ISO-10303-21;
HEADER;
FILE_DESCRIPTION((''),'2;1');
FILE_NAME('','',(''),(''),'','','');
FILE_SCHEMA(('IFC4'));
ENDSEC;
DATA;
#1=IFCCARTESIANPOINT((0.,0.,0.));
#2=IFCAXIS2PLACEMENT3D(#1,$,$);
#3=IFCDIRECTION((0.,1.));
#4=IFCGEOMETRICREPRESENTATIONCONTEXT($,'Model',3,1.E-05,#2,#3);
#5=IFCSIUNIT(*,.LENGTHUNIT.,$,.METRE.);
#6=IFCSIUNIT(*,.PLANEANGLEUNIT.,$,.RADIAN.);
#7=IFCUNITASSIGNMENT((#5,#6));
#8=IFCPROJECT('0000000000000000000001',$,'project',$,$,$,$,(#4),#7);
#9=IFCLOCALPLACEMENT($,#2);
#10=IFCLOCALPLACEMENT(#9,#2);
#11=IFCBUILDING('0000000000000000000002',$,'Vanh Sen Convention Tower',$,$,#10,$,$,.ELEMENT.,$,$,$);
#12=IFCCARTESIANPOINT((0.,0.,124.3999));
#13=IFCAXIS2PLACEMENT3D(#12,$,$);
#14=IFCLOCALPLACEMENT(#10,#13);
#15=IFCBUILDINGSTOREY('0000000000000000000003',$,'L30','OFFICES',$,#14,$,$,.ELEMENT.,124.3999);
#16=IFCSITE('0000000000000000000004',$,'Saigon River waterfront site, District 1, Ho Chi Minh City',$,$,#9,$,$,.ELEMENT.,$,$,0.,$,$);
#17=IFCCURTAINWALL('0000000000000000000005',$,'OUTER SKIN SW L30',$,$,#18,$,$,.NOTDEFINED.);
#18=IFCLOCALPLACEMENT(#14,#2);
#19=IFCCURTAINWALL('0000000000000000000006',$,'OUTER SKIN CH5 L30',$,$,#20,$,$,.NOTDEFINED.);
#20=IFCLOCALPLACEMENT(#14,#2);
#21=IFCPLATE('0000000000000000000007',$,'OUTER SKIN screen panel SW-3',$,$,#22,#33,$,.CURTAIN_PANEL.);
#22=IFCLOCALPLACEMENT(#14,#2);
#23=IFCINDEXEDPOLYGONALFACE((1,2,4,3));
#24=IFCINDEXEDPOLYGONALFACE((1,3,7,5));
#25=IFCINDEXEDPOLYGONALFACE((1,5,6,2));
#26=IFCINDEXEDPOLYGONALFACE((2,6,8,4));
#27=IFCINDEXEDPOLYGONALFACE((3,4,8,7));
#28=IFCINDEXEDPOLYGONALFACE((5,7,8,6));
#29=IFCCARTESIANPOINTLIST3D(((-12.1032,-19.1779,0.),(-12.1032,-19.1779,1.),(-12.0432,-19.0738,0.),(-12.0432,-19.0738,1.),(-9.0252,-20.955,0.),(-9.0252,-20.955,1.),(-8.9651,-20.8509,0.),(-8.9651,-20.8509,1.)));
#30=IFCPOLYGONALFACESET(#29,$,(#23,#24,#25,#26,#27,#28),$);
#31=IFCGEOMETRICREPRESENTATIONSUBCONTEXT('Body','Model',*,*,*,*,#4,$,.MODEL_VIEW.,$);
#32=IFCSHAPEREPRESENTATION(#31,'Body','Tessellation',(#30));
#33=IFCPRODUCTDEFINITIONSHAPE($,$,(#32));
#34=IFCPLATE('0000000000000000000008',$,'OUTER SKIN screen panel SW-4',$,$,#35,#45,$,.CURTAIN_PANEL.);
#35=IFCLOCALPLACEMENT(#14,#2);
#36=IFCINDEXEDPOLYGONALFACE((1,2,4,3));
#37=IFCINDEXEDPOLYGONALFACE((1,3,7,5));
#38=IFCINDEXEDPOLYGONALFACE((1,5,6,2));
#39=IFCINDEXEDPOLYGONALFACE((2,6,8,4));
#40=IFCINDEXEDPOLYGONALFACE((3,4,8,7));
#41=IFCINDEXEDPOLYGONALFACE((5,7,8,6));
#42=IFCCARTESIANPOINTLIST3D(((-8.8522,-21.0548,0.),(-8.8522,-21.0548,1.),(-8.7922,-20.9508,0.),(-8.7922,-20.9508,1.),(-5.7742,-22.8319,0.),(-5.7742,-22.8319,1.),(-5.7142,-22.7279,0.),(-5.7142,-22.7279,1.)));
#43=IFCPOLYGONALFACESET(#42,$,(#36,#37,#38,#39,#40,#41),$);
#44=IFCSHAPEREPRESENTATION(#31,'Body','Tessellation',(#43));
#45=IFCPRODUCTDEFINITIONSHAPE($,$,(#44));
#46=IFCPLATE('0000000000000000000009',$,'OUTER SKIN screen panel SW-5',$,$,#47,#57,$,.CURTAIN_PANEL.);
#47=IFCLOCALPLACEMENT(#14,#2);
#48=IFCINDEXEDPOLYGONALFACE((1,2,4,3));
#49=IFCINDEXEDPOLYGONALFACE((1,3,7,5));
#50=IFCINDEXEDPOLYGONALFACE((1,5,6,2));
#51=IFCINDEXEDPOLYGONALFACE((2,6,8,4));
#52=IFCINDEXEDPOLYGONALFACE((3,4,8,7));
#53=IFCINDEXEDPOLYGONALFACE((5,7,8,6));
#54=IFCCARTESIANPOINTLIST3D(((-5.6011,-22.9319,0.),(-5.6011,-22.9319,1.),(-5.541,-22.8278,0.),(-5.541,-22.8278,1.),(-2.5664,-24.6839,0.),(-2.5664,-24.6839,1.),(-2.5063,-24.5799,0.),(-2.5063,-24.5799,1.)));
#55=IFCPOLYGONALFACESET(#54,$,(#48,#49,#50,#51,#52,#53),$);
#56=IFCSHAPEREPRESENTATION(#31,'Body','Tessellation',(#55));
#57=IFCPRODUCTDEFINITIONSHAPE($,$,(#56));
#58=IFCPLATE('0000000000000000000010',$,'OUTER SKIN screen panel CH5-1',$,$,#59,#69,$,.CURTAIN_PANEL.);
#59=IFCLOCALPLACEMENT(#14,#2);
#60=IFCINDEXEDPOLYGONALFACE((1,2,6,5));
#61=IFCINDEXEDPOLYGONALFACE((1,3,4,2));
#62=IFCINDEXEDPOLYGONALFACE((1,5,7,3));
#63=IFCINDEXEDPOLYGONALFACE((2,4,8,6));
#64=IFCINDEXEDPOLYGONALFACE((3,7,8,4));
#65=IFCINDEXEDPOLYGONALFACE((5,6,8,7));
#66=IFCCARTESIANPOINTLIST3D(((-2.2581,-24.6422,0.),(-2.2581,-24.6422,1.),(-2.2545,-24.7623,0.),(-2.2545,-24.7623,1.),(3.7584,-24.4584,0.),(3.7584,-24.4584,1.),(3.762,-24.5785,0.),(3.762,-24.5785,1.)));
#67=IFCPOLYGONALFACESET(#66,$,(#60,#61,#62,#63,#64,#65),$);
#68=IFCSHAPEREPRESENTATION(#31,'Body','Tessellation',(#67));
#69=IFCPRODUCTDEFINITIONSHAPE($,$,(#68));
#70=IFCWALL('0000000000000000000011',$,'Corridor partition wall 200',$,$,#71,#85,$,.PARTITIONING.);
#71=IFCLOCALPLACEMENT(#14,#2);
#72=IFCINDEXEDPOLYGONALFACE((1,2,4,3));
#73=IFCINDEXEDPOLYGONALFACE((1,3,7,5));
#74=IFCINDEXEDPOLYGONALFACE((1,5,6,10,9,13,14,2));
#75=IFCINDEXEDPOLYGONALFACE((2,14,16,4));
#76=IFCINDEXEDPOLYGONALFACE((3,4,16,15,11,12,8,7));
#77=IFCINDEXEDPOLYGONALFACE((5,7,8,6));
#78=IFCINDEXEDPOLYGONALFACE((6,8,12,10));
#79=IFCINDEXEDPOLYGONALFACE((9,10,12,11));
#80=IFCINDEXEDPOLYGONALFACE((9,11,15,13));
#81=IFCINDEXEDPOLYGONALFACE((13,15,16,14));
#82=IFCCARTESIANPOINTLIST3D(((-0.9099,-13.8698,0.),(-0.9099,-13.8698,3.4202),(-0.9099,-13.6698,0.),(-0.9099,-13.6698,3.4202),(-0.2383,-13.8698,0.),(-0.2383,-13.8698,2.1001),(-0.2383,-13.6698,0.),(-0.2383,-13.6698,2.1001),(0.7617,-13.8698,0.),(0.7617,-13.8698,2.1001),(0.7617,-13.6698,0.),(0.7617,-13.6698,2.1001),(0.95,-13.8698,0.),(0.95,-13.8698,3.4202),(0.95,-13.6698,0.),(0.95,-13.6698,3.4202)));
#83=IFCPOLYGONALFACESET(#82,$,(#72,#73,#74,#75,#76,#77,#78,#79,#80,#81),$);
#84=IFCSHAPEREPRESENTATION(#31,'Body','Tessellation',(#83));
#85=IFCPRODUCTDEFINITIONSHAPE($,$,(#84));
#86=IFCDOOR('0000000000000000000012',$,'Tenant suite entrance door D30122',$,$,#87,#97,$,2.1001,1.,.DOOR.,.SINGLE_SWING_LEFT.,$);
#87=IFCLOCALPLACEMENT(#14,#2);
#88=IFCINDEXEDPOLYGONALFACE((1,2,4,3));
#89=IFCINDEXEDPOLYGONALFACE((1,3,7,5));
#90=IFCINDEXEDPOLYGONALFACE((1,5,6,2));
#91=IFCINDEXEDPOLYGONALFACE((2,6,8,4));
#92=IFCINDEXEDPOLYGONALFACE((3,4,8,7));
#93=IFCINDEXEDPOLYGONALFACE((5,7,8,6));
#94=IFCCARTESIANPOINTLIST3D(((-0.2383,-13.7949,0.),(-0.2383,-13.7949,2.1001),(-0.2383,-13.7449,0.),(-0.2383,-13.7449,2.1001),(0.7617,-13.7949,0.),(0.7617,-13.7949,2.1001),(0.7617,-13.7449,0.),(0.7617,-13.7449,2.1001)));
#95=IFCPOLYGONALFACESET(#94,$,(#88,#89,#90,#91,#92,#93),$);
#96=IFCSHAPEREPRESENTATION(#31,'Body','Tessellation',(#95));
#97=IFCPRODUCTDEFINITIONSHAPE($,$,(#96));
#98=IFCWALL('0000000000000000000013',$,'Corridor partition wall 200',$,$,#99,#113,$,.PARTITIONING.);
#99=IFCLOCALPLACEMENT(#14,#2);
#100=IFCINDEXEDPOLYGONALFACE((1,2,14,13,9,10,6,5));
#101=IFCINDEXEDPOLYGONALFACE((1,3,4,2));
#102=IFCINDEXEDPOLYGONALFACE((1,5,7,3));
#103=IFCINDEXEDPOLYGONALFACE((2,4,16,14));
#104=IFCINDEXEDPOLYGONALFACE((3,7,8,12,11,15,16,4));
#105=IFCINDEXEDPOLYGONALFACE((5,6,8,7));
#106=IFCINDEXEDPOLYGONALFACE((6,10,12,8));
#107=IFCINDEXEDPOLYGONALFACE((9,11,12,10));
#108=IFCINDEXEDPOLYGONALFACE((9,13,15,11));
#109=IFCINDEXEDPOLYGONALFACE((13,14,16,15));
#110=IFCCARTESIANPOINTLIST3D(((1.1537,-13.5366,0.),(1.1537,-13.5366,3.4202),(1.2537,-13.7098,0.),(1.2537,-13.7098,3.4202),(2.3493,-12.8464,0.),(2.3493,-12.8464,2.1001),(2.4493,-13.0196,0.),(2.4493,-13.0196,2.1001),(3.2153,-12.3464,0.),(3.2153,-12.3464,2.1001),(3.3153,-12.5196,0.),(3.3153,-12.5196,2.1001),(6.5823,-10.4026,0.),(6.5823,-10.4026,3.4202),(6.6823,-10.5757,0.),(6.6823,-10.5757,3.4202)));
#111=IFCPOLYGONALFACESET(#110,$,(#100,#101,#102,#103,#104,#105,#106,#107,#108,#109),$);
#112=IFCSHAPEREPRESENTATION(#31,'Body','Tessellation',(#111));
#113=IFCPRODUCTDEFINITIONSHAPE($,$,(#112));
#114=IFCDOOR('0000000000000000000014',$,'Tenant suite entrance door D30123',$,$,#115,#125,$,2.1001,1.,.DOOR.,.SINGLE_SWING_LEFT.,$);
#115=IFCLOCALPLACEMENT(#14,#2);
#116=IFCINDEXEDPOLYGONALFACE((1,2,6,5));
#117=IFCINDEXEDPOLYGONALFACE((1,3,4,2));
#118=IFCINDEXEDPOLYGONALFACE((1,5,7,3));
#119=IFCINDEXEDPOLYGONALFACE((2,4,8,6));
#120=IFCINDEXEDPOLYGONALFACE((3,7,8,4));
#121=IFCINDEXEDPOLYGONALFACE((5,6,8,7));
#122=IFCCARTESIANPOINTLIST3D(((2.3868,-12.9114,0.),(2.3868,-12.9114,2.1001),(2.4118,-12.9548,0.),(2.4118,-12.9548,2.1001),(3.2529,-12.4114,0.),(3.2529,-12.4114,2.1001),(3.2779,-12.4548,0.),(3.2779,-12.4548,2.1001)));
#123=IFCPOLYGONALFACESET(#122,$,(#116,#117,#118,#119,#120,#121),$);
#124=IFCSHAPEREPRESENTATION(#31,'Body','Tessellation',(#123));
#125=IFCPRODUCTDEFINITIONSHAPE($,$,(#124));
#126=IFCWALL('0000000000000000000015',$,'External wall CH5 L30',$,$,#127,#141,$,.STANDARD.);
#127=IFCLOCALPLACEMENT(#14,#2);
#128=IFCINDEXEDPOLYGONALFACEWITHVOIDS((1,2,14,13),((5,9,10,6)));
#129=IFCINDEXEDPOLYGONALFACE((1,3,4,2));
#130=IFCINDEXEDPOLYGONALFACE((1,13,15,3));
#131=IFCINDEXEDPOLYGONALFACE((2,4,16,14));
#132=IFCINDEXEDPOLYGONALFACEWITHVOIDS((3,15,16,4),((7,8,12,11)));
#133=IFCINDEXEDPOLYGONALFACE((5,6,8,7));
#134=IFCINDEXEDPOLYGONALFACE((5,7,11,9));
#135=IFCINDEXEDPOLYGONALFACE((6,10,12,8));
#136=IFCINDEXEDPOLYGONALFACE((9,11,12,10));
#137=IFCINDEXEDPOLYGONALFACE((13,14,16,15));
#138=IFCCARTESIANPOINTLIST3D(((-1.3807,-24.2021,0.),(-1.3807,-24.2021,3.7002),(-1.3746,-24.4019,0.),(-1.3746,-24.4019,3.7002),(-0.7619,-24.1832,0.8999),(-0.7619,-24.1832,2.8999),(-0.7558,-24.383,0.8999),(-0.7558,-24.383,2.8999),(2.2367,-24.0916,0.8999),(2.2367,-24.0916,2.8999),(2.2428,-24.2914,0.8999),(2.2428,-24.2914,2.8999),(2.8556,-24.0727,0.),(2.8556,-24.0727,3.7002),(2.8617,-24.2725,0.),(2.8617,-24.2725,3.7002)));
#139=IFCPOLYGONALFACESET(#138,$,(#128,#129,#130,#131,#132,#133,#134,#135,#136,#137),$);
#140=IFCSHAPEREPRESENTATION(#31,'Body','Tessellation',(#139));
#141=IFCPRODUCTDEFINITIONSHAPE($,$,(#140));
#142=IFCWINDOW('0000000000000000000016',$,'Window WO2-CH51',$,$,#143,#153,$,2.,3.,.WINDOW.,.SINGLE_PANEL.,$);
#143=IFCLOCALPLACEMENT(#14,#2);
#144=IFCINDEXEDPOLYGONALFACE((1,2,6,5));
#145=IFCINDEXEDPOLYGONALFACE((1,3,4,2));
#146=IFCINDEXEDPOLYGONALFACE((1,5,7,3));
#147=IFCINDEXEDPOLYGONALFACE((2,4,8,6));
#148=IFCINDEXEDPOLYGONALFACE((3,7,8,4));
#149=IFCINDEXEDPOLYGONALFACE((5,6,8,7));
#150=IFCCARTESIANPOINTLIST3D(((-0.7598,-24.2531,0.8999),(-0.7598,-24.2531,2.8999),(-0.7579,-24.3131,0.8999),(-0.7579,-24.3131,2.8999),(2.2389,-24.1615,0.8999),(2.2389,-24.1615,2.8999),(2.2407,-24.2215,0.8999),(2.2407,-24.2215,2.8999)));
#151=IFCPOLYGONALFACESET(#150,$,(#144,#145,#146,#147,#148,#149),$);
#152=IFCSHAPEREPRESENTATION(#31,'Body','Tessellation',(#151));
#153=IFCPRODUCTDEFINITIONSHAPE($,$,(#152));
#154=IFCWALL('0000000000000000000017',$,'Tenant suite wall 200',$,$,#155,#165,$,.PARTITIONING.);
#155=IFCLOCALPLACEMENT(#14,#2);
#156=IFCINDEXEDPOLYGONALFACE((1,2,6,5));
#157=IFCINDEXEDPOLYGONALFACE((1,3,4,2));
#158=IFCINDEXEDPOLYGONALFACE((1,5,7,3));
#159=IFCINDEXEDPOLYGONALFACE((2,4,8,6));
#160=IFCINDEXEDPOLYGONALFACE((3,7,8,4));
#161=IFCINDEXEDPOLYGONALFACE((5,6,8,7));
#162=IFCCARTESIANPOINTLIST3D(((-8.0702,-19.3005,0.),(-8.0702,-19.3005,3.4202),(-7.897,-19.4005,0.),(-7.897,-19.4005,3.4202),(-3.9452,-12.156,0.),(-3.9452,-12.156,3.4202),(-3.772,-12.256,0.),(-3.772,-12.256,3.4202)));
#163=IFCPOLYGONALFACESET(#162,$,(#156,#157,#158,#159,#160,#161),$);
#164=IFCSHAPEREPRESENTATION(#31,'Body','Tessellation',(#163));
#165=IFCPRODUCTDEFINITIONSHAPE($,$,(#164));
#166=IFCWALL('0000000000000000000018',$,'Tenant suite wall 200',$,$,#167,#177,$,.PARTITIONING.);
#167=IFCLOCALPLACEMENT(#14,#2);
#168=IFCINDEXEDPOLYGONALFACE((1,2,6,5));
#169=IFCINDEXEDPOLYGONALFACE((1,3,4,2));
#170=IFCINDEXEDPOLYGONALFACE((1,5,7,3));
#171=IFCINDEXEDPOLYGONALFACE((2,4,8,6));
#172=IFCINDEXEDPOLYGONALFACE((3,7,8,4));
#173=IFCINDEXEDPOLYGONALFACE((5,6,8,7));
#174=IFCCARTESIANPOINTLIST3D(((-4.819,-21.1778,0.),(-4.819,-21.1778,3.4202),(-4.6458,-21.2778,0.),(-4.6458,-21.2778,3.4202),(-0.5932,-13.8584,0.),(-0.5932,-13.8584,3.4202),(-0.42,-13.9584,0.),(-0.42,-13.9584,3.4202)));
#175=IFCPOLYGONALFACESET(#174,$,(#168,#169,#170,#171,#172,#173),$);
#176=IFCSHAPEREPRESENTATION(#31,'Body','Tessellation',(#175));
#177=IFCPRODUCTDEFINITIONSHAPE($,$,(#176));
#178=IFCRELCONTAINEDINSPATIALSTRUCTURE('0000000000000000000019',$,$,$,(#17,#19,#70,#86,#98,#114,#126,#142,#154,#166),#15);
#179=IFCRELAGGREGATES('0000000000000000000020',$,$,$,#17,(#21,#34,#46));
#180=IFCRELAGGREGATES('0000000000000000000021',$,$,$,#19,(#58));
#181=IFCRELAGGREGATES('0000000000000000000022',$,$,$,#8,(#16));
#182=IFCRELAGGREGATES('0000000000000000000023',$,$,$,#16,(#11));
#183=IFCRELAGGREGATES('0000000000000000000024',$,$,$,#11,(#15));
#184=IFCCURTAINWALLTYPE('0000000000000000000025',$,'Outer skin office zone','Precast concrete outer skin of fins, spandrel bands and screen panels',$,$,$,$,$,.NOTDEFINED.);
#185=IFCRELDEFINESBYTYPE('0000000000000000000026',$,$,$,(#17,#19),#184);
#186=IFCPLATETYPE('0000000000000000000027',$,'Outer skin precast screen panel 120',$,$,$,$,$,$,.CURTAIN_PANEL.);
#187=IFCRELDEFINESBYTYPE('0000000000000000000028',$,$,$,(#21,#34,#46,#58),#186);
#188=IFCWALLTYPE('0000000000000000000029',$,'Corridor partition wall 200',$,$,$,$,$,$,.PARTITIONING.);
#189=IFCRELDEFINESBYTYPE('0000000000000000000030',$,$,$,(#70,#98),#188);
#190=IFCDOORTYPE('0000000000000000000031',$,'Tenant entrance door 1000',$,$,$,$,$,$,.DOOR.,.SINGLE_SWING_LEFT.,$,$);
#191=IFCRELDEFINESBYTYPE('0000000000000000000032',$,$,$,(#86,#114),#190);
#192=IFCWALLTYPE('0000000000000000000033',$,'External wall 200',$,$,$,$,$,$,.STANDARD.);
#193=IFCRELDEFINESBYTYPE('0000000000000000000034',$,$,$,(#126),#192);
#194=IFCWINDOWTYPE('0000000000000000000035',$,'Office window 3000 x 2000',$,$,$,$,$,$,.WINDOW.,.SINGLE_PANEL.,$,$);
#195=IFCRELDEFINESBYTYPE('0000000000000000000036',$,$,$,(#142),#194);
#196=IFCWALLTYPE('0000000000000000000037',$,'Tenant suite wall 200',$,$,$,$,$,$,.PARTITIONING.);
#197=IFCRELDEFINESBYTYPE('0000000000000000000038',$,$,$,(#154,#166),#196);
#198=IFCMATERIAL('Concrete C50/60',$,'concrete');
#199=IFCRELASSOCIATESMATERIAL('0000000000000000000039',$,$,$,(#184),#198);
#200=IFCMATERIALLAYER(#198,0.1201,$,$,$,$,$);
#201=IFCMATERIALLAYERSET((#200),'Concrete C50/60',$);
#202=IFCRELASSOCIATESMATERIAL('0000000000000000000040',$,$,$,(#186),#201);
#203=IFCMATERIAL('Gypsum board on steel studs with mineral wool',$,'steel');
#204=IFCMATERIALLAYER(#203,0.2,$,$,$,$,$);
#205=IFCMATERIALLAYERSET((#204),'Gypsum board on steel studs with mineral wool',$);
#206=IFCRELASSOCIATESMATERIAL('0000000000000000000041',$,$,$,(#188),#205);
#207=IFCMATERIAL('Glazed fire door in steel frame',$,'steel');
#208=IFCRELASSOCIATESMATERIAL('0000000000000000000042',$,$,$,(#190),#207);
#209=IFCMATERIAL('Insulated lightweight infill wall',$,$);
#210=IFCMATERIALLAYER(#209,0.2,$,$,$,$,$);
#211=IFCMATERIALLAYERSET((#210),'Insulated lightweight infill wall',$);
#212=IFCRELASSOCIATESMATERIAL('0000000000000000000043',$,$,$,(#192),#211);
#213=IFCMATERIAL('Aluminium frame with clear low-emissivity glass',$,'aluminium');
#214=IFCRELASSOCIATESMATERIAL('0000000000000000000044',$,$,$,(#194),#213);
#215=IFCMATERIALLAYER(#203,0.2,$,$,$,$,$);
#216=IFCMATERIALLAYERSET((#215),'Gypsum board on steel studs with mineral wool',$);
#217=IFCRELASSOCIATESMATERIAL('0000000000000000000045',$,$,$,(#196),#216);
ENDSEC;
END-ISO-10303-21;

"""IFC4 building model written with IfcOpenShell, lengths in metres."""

from ifc_helpers import new_model, si_unit, direction, frame, frame_2d, origin, origin_2d, place, context, subcontext, project, spatial, rectangle, extrude, material, layer, layer_set, type_object, element, fill, aggregate, save


model = new_model("IFC4")

# Units and contexts
model_context = context("Model", 3, precision=1e-05, world=origin(), true_north=direction((0.0, 1.0)))
body_context = subcontext(model_context, "Body", "Model", "MODEL_VIEW")
ifc_project = project(units=[si_unit("LENGTHUNIT", "METRE"), si_unit("PLANEANGLEUNIT", "RADIAN")], contexts=[model_context])

# Site, building, storey
site_placement = place(None, origin())
site = spatial("IfcSite", under=ifc_project, at=site_placement, Name="Saigon River waterfront site, District 1, Ho Chi Minh City", CompositionType="ELEMENT", RefElevation=0.0)
building_placement = place(site_placement, origin())
building = spatial("IfcBuilding", under=site, at=building_placement, Name="Vanh Sen Convention Tower", CompositionType="ELEMENT")
storey_placement = place(building_placement, frame((0.0, 0.0, 124.3999)))
storey = spatial("IfcBuildingStorey", under=building, at=storey_placement, Name="L30", Description="OFFICES", CompositionType="ELEMENT", Elevation=124.3999)

# Curtain wall
ifc_material_1 = material(Name="Concrete C50/60", Category="concrete")
curtain_wall_type = type_object("IfcCurtainWallType", Name="Outer skin office zone", Description="Precast concrete outer skin of fins, spandrel bands and screen panels", PredefinedType="NOTDEFINED", material=ifc_material_1)
curtain_wall_1_placement = place(storey_placement, origin())
curtain_wall_1 = element("IfcCurtainWall", 1, at=curtain_wall_1_placement, inside=storey, type_object=curtain_wall_type, Name="OUTER SKIN SW L30", PredefinedType="NOTDEFINED")

# Curtain wall
curtain_wall_2_placement = place(storey_placement, origin())
curtain_wall_2 = element("IfcCurtainWall", 2, at=curtain_wall_2_placement, inside=storey, type_object=curtain_wall_type, Name="OUTER SKIN CH5 L30", PredefinedType="NOTDEFINED")

# Plates
ifc_layer_1 = layer(ifc_material_1, 0.1201)
ifc_layer_set_1 = layer_set([ifc_layer_1], Name="Concrete C50/60")
plate_type = type_object("IfcPlateType", Name="Outer skin precast screen panel 120", PredefinedType="CURTAIN_PANEL", material=ifc_layer_set_1)
plate_1_placement = place(storey_placement, frame((-10.5342, -20.0144, 0.0), z_axis=(0.0, 0.0, 1.0), x_axis=(0.866024, -0.500003, 0.0)))
plate_1 = element("IfcPlate", 3, at=plate_1_placement, type_object=plate_type, Name="OUTER SKIN screen panel SW-3", PredefinedType="CURTAIN_PANEL", context=body_context, shape_type="SweptSolid", body=[
    extrude(rectangle(XDim=3.5542, YDim=0.1201, at=origin_2d()), origin(), (0.0, 0.0, 1.0), 1.0),
])
plate_2_placement = place(storey_placement, frame((-7.2832, -21.8914, 0.0), z_axis=(0.0, 0.0, 1.0), x_axis=(0.866017, -0.500015, 0.0)))
plate_2 = element("IfcPlate", 4, at=plate_2_placement, type_object=plate_type, Name="OUTER SKIN screen panel SW-4", PredefinedType="CURTAIN_PANEL", context=body_context, shape_type="SweptSolid", body=[
    extrude(rectangle(XDim=3.5542, YDim=0.1201, at=origin_2d()), origin(), (0.0, 0.0, 1.0), 1.0),
])
plate_3_placement = place(storey_placement, frame((-4.0537, -23.7559, 0.0), z_axis=(0.0, 0.0, 1.0), x_axis=(0.866035, -0.499983, 0.0)))
plate_3 = element("IfcPlate", 5, at=plate_3_placement, type_object=plate_type, Name="OUTER SKIN screen panel SW-5", PredefinedType="CURTAIN_PANEL", context=body_context, shape_type="SweptSolid", body=[
    extrude(rectangle(XDim=3.5042, YDim=0.1201, at=origin_2d()), origin(), (0.0, 0.0, 1.0), 1.0),
])
aggregate(curtain_wall_1, [plate_1, plate_2, plate_3])
plate_4_placement = place(storey_placement, frame((0.752, -24.6104, 0.0), z_axis=(0.0, 0.0, 1.0), x_axis=(0.999534, 0.03054, 0.0)))
plate_4 = element("IfcPlate", 6, at=plate_4_placement, type_object=plate_type, Name="OUTER SKIN screen panel CH5-1", PredefinedType="CURTAIN_PANEL", context=body_context, shape_type="SweptSolid", body=[
    extrude(rectangle(XDim=6.0193, YDim=0.1201, at=origin_2d()), origin(), (0.0, 0.0, 1.0), 1.0),
])
aggregate(curtain_wall_2, [plate_4])

# Walls, openings, doors
ifc_material_2 = material(Name="Gypsum board on steel studs with mineral wool", Category="steel")
ifc_layer_2 = layer(ifc_material_2, 0.2)
ifc_layer_set_2 = layer_set([ifc_layer_2], Name="Gypsum board on steel studs with mineral wool")
wall_type_1 = type_object("IfcWallType", Name="Corridor partition wall 200", PredefinedType="PARTITIONING", material=ifc_layer_set_2)
wall_1_placement = place(storey_placement, frame((-0.9099, -13.7698, 0.0), z_axis=(0.0, 0.0, 1.0), x_axis=(1.0, 0.0, 0.0)))
wall_1 = element("IfcWall", 7, at=wall_1_placement, inside=storey, type_object=wall_type_1, Name="Corridor partition wall 200", PredefinedType="PARTITIONING", context=body_context, shape_type="SweptSolid", body=[
    extrude(rectangle(XDim=1.8599, YDim=0.2, at=frame_2d((0.9299, 0.0))), origin(), (0.0, 0.0, 1.0), 3.4202),
])
opening_1_placement = place(wall_1_placement, frame((0.6716, 0.0, 0.0)))
opening_1 = element("IfcOpeningElement", 8, at=opening_1_placement, cuts=wall_1, PredefinedType="OPENING", context=body_context, shape_type="SweptSolid", body=[
    extrude(rectangle(XDim=1.0, YDim=2.1001, at=frame_2d((0.5, 1.05))), frame((0.0, 0.1099, 0.0), z_axis=(0.0, -1.0, 0.0), x_axis=(1.0, 0.0, 0.0)), (0.0, 0.0, 1.0), 0.22),
])
ifc_material_3 = material(Name="Glazed fire door in steel frame", Category="steel")
door_type = type_object("IfcDoorType", Name="Tenant entrance door 1000", OperationType="SINGLE_SWING_LEFT", PredefinedType="DOOR", material=ifc_material_3)
door_1_placement = place(opening_1_placement, origin())
door_1 = element("IfcDoor", 9, at=door_1_placement, inside=storey, type_object=door_type, Name="Tenant suite entrance door D30122", OperationType="SINGLE_SWING_LEFT", OverallHeight=2.1001, OverallWidth=1.0, PredefinedType="DOOR", context=body_context, shape_type="SweptSolid", body=[
    extrude(rectangle(XDim=1.0, YDim=2.1001, at=frame_2d((0.5, 1.05))), frame((0.0, 0.0249, 0.0), z_axis=(0.0, -1.0, 0.0), x_axis=(1.0, 0.0, 0.0)), (0.0, 0.0, 1.0), 0.05),
])
fill(opening_1, door_1)
wall_2_placement = place(storey_placement, frame((1.2036, -13.6233, 0.0), z_axis=(0.0, 0.0, 1.0), x_axis=(0.866032, 0.499989, 0.0)))
wall_2 = element("IfcWall", 10, at=wall_2_placement, inside=storey, type_object=wall_type_1, Name="Corridor partition wall 200", PredefinedType="PARTITIONING", context=body_context, shape_type="SweptSolid", body=[
    extrude(rectangle(XDim=6.2683, YDim=0.2, at=frame_2d((3.1343, 0.0))), origin(), (0.0, 0.0, 1.0), 3.4202),
])
opening_2_placement = place(wall_2_placement, frame((1.3806, 0.0, 0.0)))
opening_2 = element("IfcOpeningElement", 11, at=opening_2_placement, cuts=wall_2, PredefinedType="OPENING", context=body_context, shape_type="SweptSolid", body=[
    extrude(rectangle(XDim=1.0, YDim=2.1001, at=frame_2d((0.5, 1.05))), frame((0.0, 0.1099, 0.0), z_axis=(0.0, -1.0, 0.0), x_axis=(1.0, 0.0, 0.0)), (0.0, 0.0, 1.0), 0.22),
])
door_2_placement = place(opening_2_placement, origin())
door_2 = element("IfcDoor", 12, at=door_2_placement, inside=storey, type_object=door_type, Name="Tenant suite entrance door D30123", OperationType="SINGLE_SWING_LEFT", OverallHeight=2.1001, OverallWidth=1.0, PredefinedType="DOOR", context=body_context, shape_type="SweptSolid", body=[
    extrude(rectangle(XDim=1.0, YDim=2.1001, at=frame_2d((0.5, 1.05))), frame((0.0, 0.0249, 0.0), z_axis=(0.0, -1.0, 0.0), x_axis=(1.0, 0.0, 0.0)), (0.0, 0.0, 1.0), 0.05),
])
fill(opening_2, door_2)

# Wall, opening, window
ifc_material_4 = material(Name="Insulated lightweight infill wall")
ifc_layer_3 = layer(ifc_material_4, 0.2)
ifc_layer_set_3 = layer_set([ifc_layer_3], Name="Insulated lightweight infill wall")
wall_type_2 = type_object("IfcWallType", Name="External wall 200", PredefinedType="STANDARD", material=ifc_layer_set_3)
wall_3_placement = place(storey_placement, frame((-1.3777, -24.302, 0.0), z_axis=(0.0, 0.0, 1.0), x_axis=(0.999534, 0.03053, 0.0)))
wall_3 = element("IfcWall", 13, at=wall_3_placement, inside=storey, type_object=wall_type_2, Name="External wall CH5 L30", PredefinedType="STANDARD", context=body_context, shape_type="SweptSolid", body=[
    extrude(rectangle(XDim=4.2383, YDim=0.2, at=frame_2d((2.1191, 0.0))), origin(), (0.0, 0.0, 1.0), 3.7002),
])
opening_3_placement = place(wall_3_placement, frame((0.6191, 0.0, 0.8999)))
opening_3 = element("IfcOpeningElement", 14, at=opening_3_placement, cuts=wall_3, PredefinedType="OPENING", context=body_context, shape_type="SweptSolid", body=[
    extrude(rectangle(XDim=3.0, YDim=2.0, at=frame_2d((1.5, 1.0))), frame((0.0, 0.1099, 0.0), z_axis=(0.0, -1.0, 0.0), x_axis=(1.0, 0.0, 0.0)), (0.0, 0.0, 1.0), 0.22),
])
ifc_material_5 = material(Name="Aluminium frame with clear low-emissivity glass", Category="aluminium")
window_type = type_object("IfcWindowType", Name="Office window 3000 x 2000", PartitioningType="SINGLE_PANEL", PredefinedType="WINDOW", material=ifc_material_5)
window_placement = place(opening_3_placement, origin())
window = element("IfcWindow", 15, at=window_placement, inside=storey, type_object=window_type, Name="Window WO2-CH51", OverallHeight=2.0, OverallWidth=3.0, PartitioningType="SINGLE_PANEL", PredefinedType="WINDOW", context=body_context, shape_type="SweptSolid", body=[
    extrude(rectangle(XDim=3.0, YDim=2.0, at=frame_2d((1.5, 1.0))), frame((0.0, 0.03, 0.0), z_axis=(0.0, -1.0, 0.0), x_axis=(1.0, 0.0, 0.0)), (0.0, 0.0, 1.0), 0.0601),
])
fill(opening_3, window)

# Walls
ifc_layer_4 = layer(ifc_material_2, 0.2)
ifc_layer_set_4 = layer_set([ifc_layer_4], Name="Gypsum board on steel studs with mineral wool")
wall_type_3 = type_object("IfcWallType", Name="Tenant suite wall 200", PredefinedType="PARTITIONING", material=ifc_layer_set_4)
wall_4_placement = place(storey_placement, frame((-7.9836, -19.3506, 0.0), z_axis=(0.0, 0.0, 1.0), x_axis=(0.500009, 0.86602, 0.0)))
element("IfcWall", 16, at=wall_4_placement, inside=storey, type_object=wall_type_3, Name="Tenant suite wall 200", PredefinedType="PARTITIONING", context=body_context, shape_type="SweptSolid", body=[
    extrude(rectangle(XDim=8.2498, YDim=0.2, at=frame_2d((4.125, 0.0))), origin(), (0.0, 0.0, 1.0), 3.4202),
])
wall_5_placement = place(storey_placement, frame((-4.7324, -21.2278, 0.0), z_axis=(0.0, 0.0, 1.0), x_axis=(0.500001, 0.866025, 0.0)))
element("IfcWall", 17, at=wall_5_placement, inside=storey, type_object=wall_type_3, Name="Tenant suite wall 200", PredefinedType="PARTITIONING", context=body_context, shape_type="SweptSolid", body=[
    extrude(rectangle(XDim=8.4517, YDim=0.2, at=frame_2d((4.2258, 0.0))), origin(), (0.0, 0.0, 1.0), 3.4202),
])

save(model, "model.ifc")
